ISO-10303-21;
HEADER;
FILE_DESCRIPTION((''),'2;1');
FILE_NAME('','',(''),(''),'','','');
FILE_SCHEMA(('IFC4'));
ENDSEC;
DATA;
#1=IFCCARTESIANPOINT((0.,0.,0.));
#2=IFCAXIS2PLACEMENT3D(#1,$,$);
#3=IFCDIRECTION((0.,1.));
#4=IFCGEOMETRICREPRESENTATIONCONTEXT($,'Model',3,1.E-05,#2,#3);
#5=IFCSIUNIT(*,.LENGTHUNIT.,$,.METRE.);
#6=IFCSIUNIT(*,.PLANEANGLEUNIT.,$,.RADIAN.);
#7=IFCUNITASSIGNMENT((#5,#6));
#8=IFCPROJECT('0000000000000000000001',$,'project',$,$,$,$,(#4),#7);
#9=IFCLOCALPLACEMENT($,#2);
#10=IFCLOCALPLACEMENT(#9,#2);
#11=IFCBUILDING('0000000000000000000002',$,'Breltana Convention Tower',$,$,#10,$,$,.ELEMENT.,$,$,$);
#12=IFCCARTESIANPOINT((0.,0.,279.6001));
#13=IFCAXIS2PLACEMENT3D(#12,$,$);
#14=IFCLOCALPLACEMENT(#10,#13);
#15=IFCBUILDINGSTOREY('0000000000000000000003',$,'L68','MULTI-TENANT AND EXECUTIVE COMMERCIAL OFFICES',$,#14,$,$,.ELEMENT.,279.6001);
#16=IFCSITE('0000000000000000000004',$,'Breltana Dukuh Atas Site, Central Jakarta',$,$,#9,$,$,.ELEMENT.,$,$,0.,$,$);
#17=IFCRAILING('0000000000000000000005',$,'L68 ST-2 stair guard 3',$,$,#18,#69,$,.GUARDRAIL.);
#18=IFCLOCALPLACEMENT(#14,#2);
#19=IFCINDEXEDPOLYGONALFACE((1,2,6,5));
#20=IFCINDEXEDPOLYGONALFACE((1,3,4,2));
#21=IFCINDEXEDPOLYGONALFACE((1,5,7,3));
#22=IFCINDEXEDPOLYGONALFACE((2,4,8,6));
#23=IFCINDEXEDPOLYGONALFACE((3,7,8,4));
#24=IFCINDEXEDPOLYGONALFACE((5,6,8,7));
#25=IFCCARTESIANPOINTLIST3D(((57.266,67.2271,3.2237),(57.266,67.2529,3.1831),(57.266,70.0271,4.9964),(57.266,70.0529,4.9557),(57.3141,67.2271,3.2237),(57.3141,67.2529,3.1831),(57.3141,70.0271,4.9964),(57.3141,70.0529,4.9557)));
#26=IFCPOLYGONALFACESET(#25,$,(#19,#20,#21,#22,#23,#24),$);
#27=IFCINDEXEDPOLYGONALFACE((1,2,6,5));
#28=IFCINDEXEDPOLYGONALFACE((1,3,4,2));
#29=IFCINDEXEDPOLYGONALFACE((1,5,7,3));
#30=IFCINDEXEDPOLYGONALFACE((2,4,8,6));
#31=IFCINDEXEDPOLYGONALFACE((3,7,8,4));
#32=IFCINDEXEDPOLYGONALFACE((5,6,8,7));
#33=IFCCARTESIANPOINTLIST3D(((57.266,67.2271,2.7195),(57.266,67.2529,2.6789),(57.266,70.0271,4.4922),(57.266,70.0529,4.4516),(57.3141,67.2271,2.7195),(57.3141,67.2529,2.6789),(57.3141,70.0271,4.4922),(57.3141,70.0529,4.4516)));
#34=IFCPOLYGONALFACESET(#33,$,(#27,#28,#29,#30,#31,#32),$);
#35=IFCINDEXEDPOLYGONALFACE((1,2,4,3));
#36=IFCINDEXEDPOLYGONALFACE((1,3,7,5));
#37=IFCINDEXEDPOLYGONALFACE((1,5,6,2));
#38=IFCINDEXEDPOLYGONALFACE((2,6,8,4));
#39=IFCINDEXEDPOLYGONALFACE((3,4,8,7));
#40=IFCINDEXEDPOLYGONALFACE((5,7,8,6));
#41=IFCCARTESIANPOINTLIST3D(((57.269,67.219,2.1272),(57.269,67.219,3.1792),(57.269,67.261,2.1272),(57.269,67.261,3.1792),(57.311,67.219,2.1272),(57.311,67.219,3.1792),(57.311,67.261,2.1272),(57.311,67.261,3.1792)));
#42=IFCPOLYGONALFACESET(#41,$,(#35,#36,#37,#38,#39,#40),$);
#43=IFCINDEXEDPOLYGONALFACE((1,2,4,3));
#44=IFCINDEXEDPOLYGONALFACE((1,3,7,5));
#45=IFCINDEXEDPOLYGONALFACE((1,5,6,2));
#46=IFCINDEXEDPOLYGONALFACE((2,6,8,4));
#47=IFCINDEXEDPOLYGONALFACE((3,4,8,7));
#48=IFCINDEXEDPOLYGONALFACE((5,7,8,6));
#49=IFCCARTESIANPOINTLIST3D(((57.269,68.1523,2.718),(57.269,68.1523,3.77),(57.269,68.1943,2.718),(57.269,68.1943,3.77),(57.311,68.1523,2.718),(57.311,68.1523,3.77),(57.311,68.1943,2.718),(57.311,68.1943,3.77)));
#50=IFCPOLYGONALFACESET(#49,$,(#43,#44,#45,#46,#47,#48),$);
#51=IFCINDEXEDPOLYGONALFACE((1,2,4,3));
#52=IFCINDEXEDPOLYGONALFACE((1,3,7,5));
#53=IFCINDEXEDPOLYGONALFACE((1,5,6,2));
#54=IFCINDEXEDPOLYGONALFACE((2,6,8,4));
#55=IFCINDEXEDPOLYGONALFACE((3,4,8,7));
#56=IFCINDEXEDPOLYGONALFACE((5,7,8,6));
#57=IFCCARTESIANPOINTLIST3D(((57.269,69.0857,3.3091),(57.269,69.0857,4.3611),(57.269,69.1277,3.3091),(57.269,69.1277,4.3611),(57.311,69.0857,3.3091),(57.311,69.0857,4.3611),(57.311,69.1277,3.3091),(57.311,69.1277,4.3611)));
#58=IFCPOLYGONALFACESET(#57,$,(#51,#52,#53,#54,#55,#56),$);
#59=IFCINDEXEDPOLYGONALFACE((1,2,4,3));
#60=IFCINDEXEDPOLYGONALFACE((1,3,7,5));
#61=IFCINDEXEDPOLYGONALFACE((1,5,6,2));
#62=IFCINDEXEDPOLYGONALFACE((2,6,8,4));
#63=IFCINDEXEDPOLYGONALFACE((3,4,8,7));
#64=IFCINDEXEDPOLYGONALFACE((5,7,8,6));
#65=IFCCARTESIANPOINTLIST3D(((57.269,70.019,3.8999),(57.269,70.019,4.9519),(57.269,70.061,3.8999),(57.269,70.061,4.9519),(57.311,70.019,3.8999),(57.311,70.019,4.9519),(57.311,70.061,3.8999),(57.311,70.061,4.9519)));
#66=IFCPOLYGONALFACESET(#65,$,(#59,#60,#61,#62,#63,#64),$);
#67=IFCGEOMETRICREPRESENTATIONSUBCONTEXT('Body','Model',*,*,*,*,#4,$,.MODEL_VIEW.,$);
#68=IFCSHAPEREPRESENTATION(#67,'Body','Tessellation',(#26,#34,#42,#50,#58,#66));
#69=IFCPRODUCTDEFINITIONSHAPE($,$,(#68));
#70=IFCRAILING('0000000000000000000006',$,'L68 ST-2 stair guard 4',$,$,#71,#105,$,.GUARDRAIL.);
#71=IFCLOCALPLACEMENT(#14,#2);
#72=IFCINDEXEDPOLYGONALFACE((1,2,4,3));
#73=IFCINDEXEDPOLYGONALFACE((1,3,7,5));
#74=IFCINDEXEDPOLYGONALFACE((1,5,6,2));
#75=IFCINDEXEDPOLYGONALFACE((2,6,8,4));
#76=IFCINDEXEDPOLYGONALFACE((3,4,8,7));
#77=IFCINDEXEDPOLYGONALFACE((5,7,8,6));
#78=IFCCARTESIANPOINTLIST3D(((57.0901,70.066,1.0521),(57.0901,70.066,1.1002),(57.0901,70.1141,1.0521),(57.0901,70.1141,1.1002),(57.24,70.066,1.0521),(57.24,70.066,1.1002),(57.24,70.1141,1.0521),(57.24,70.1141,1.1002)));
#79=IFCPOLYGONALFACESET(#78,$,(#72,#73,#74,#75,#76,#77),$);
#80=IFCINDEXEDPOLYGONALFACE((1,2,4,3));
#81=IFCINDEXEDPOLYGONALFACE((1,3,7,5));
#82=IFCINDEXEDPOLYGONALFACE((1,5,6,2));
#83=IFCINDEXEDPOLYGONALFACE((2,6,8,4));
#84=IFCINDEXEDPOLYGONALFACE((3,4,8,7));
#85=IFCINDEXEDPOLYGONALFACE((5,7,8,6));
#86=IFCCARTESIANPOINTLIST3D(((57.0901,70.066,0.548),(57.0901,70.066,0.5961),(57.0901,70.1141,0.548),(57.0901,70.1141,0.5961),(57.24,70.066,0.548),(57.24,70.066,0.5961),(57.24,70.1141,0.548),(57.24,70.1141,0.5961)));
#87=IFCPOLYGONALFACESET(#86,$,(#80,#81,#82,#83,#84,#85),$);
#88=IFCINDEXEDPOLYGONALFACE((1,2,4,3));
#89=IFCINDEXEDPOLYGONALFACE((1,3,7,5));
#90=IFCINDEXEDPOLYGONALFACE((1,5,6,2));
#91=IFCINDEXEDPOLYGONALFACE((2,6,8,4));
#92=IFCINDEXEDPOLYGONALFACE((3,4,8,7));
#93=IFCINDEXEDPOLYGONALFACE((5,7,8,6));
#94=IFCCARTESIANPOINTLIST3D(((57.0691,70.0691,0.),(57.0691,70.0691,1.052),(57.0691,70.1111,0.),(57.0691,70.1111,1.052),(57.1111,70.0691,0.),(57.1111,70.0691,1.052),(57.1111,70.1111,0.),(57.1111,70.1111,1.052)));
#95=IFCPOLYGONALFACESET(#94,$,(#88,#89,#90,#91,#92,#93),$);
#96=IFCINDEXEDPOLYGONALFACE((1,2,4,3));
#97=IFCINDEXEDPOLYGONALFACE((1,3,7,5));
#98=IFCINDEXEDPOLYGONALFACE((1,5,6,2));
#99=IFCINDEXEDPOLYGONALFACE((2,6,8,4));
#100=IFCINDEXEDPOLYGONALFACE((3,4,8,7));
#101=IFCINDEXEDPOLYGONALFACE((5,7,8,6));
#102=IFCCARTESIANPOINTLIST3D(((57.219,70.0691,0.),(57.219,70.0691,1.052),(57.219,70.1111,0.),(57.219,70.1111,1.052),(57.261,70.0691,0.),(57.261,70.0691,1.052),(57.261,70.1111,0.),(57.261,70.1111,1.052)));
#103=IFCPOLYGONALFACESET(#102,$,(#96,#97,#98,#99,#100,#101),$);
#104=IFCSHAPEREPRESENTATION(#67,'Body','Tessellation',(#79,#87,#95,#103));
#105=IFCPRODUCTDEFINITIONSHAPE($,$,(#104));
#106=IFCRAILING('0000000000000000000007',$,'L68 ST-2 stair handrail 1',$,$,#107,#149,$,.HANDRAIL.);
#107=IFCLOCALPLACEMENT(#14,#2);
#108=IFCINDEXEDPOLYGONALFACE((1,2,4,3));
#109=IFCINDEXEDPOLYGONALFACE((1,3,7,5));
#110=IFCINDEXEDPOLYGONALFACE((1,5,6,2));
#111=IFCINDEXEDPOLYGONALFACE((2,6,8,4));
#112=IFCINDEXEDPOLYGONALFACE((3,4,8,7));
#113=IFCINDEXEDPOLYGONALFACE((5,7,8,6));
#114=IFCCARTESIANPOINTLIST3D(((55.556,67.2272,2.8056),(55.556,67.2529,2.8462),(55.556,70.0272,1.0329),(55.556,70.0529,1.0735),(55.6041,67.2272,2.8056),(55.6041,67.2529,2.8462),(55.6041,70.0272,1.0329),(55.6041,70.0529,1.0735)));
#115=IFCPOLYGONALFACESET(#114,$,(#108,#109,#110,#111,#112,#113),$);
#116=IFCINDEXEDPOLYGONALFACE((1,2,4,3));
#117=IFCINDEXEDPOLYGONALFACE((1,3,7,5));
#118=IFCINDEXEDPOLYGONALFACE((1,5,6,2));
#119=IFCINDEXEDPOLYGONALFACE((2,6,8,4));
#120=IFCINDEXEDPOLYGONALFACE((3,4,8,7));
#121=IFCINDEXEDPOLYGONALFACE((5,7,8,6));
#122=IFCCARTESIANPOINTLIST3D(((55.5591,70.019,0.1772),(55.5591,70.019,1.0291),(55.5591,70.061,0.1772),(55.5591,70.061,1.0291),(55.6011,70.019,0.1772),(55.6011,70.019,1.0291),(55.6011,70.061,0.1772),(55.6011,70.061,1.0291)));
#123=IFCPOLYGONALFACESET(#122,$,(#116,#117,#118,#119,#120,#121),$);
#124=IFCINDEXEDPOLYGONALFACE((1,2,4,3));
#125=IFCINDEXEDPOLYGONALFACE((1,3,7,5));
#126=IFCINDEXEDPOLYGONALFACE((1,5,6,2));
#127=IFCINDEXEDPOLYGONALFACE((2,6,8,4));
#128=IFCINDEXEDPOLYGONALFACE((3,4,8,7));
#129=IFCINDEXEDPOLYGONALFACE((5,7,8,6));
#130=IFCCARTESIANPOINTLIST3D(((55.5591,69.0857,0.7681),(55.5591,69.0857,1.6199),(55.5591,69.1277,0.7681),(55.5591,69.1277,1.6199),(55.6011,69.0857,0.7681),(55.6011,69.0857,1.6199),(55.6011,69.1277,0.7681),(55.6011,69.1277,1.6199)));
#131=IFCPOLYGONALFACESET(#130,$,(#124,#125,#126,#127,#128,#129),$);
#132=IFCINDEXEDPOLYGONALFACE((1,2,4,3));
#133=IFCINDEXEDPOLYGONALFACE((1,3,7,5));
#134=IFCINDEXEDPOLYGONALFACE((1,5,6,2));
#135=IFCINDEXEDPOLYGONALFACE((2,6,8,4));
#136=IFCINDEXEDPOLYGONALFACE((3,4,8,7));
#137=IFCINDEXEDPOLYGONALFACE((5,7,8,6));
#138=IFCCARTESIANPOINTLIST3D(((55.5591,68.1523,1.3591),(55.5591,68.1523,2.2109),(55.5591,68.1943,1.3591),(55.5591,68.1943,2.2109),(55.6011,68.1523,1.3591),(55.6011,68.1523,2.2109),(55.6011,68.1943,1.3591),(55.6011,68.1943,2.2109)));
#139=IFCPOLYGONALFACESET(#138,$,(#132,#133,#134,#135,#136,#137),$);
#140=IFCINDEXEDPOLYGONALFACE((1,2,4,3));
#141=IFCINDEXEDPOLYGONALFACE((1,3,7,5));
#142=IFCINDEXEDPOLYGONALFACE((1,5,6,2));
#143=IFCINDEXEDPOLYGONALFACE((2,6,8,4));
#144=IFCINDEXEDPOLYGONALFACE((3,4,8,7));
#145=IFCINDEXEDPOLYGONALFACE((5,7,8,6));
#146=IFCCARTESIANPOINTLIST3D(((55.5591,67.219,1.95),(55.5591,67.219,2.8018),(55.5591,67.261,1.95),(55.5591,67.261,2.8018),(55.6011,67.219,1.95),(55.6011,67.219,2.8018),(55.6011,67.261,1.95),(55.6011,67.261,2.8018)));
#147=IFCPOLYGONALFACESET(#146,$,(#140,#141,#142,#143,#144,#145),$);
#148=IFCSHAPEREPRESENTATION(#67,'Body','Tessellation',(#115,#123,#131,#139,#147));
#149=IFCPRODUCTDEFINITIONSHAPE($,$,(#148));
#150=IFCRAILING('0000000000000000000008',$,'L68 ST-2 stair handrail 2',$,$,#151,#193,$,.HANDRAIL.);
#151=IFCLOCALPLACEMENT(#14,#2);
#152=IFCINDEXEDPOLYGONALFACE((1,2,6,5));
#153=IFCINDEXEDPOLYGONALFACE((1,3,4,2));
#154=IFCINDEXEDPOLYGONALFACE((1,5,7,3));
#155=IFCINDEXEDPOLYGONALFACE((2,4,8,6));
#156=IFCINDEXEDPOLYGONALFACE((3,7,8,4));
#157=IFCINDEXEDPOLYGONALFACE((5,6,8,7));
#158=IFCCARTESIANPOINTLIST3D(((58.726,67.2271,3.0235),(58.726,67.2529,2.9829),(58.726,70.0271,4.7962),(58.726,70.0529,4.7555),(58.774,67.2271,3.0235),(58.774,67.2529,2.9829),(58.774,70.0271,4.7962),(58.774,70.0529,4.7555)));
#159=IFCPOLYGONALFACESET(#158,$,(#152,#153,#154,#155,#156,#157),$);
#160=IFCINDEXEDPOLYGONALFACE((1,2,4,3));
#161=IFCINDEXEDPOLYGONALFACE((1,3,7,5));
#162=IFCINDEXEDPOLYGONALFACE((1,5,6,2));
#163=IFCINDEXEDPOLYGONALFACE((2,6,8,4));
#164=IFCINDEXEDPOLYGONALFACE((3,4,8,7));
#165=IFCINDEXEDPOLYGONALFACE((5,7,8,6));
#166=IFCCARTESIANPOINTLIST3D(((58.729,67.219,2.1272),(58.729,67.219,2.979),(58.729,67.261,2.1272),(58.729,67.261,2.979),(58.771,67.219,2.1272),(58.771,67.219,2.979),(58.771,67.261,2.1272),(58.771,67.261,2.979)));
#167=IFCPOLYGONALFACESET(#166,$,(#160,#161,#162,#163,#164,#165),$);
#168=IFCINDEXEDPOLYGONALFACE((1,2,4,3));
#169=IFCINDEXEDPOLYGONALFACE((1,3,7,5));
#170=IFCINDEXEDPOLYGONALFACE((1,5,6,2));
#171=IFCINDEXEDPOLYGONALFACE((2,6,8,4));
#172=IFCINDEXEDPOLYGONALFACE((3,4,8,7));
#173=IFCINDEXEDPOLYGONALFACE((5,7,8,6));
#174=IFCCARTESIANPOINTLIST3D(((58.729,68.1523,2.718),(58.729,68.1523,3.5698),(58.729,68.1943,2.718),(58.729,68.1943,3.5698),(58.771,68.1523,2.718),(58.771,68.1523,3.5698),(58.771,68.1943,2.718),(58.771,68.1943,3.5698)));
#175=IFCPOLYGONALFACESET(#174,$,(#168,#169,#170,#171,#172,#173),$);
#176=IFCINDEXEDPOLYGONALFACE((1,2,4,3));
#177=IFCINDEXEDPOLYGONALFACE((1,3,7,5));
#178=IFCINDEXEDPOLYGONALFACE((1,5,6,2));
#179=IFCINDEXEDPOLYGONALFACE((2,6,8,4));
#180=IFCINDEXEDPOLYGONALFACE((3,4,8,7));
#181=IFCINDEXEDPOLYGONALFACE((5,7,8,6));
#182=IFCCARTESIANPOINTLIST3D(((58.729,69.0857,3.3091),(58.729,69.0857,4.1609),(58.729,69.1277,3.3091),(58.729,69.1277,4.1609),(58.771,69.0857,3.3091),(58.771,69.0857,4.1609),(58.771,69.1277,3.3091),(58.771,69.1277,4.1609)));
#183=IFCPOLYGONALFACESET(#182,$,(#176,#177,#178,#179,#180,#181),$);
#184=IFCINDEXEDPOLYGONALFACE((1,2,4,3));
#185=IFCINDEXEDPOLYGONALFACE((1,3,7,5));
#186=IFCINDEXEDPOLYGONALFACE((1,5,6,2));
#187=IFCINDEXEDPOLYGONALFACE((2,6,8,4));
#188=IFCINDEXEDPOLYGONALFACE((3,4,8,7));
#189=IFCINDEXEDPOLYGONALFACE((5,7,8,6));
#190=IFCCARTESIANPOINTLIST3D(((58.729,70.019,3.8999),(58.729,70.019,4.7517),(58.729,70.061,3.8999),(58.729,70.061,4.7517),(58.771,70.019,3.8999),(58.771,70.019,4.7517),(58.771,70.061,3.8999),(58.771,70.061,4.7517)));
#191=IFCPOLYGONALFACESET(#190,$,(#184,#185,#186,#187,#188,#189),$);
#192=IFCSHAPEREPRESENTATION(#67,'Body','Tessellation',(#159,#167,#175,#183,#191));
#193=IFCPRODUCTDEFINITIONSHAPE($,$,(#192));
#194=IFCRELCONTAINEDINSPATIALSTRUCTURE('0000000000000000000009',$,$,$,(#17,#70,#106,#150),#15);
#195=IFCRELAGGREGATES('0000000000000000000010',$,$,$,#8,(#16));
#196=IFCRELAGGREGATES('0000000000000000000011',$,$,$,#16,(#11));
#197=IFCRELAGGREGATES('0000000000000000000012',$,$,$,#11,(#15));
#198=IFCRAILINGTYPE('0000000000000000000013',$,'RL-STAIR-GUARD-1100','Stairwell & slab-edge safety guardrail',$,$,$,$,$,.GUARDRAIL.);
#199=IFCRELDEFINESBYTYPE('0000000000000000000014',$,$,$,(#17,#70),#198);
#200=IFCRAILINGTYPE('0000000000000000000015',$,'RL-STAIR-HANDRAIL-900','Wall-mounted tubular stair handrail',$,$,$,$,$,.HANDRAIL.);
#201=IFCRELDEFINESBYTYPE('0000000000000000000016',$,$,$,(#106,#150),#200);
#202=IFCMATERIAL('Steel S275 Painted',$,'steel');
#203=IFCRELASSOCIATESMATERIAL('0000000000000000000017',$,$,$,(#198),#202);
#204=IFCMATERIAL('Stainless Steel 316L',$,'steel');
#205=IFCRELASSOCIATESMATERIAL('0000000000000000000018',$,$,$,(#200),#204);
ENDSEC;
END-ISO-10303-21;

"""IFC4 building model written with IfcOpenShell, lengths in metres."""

from ifc_helpers import new_model, si_unit, direction, frame, origin, origin_2d, place, context, subcontext, project, spatial, rectangle, extrude, material, type_object, element, save


model = new_model("IFC4")

# Units and contexts
model_context = context("Model", 3, precision=1e-05, world=origin(), true_north=direction((0.0, 1.0)))
body_context = subcontext(model_context, "Body", "Model", "MODEL_VIEW")
ifc_project = project(units=[si_unit("LENGTHUNIT", "METRE"), si_unit("PLANEANGLEUNIT", "RADIAN")], contexts=[model_context])

# Site, building, storey
site_placement = place(None, origin())
site = spatial("IfcSite", under=ifc_project, at=site_placement, Name="Breltana Dukuh Atas Site, Central Jakarta", CompositionType="ELEMENT", RefElevation=0.0)
building_placement = place(site_placement, origin())
building = spatial("IfcBuilding", under=site, at=building_placement, Name="Breltana Convention Tower", CompositionType="ELEMENT")
storey_placement = place(building_placement, frame((0.0, 0.0, 279.6001)))
storey = spatial("IfcBuildingStorey", under=building, at=storey_placement, Name="L68", Description="MULTI-TENANT AND EXECUTIVE COMMERCIAL OFFICES", CompositionType="ELEMENT", Elevation=279.6001)

# Railings
ifc_material_1 = material(Name="Steel S275 Painted", Category="steel")
railing_type_1 = type_object("IfcRailingType", Name="RL-STAIR-GUARD-1100", Description="Stairwell & slab-edge safety guardrail", PredefinedType="GUARDRAIL", material=ifc_material_1)
railing_1_placement = place(storey_placement, frame((57.29, 67.24, 2.1272)))
element("IfcRailing", 1, at=railing_1_placement, inside=storey, type_object=railing_type_1, Name="L68 ST-2 stair guard 3", PredefinedType="GUARDRAIL", context=body_context, shape_type="SweptSolid", body=[
    extrude(rectangle(XDim=0.0481, YDim=0.0481, at=origin_2d()), frame((0.0, 0.0, 1.0762), z_axis=(0.0, 0.844909, 0.53491), x_axis=(-1.0, 0.0, 0.0)), (0.0, 0.0, 1.0), 3.314),
    extrude(rectangle(XDim=0.0481, YDim=0.0481, at=origin_2d()), frame((0.0, 0.0, 0.572), z_axis=(0.0, 0.844909, 0.53491), x_axis=(-1.0, 0.0, 0.0)), (0.0, 0.0, 1.0), 3.314),
    extrude(rectangle(XDim=0.042, YDim=0.042, at=origin_2d()), origin(), (0.0, 0.0, 1.0), 1.052),
    extrude(rectangle(XDim=0.042, YDim=0.042, at=origin_2d()), frame((0.0, 0.9333, 0.5908)), (0.0, 0.0, 1.0), 1.052),
    extrude(rectangle(XDim=0.042, YDim=0.042, at=origin_2d()), frame((0.0, 1.8667, 1.1819)), (0.0, 0.0, 1.0), 1.052),
    extrude(rectangle(XDim=0.042, YDim=0.042, at=origin_2d()), frame((0.0, 2.8, 1.7727)), (0.0, 0.0, 1.0), 1.052),
])
railing_2_placement = place(storey_placement, frame((57.0901, 70.0901, 0.0)))
element("IfcRailing", 2, at=railing_2_placement, inside=storey, type_object=railing_type_1, Name="L68 ST-2 stair guard 4", PredefinedType="GUARDRAIL", context=body_context, shape_type="SweptSolid", body=[
    extrude(rectangle(XDim=0.0481, YDim=0.0481, at=origin_2d()), frame((0.0, 0.0, 1.0762), z_axis=(1.0, 0.0, 0.0), x_axis=(0.0, 1.0, 0.0)), (0.0, 0.0, 1.0), 0.1499),
    extrude(rectangle(XDim=0.0481, YDim=0.0481, at=origin_2d()), frame((0.0, 0.0, 0.572), z_axis=(1.0, 0.0, 0.0), x_axis=(0.0, 1.0, 0.0)), (0.0, 0.0, 1.0), 0.1499),
    extrude(rectangle(XDim=0.042, YDim=0.042, at=origin_2d()), origin(), (0.0, 0.0, 1.0), 1.052),
    extrude(rectangle(XDim=0.042, YDim=0.042, at=origin_2d()), frame((0.1499, 0.0, 0.0)), (0.0, 0.0, 1.0), 1.052),
])
ifc_material_2 = material(Name="Stainless Steel 316L", Category="steel")
railing_type_2 = type_object("IfcRailingType", Name="RL-STAIR-HANDRAIL-900", Description="Wall-mounted tubular stair handrail", PredefinedType="HANDRAIL", material=ifc_material_2)
railing_3_placement = place(storey_placement, frame((55.5801, 70.04, 0.1772)))
element("IfcRailing", 3, at=railing_3_placement, inside=storey, type_object=railing_type_2, Name="L68 ST-2 stair handrail 1", PredefinedType="HANDRAIL", context=body_context, shape_type="SweptSolid", body=[
    extrude(rectangle(XDim=0.0481, YDim=0.0481, at=origin_2d()), frame((0.0, 0.0, 0.876), z_axis=(0.0, -0.844909, 0.53491), x_axis=(1.0, 0.0, 0.0)), (0.0, 0.0, 1.0), 3.314),
    extrude(rectangle(XDim=0.042, YDim=0.042, at=origin_2d()), origin(), (0.0, 0.0, 1.0), 0.8518),
    extrude(rectangle(XDim=0.042, YDim=0.042, at=origin_2d()), frame((0.0, -0.9333, 0.5908)), (0.0, 0.0, 1.0), 0.8518),
    extrude(rectangle(XDim=0.042, YDim=0.042, at=origin_2d()), frame((0.0, -1.8667, 1.1819)), (0.0, 0.0, 1.0), 0.8518),
    extrude(rectangle(XDim=0.042, YDim=0.042, at=origin_2d()), frame((0.0, -2.8, 1.7727)), (0.0, 0.0, 1.0), 0.8518),
])
railing_4_placement = place(storey_placement, frame((58.75, 67.24, 2.1272)))
element("IfcRailing", 4, at=railing_4_placement, inside=storey, type_object=railing_type_2, Name="L68 ST-2 stair handrail 2", PredefinedType="HANDRAIL", context=body_context, shape_type="SweptSolid", body=[
    extrude(rectangle(XDim=0.0481, YDim=0.0481, at=origin_2d()), frame((0.0, 0.0, 0.876), z_axis=(0.0, 0.844909, 0.53491), x_axis=(-1.0, 0.0, 0.0)), (0.0, 0.0, 1.0), 3.314),
    extrude(rectangle(XDim=0.042, YDim=0.042, at=origin_2d()), origin(), (0.0, 0.0, 1.0), 0.8518),
    extrude(rectangle(XDim=0.042, YDim=0.042, at=origin_2d()), frame((0.0, 0.9333, 0.5908)), (0.0, 0.0, 1.0), 0.8518),
    extrude(rectangle(XDim=0.042, YDim=0.042, at=origin_2d()), frame((0.0, 1.8667, 1.1819)), (0.0, 0.0, 1.0), 0.8518),
    extrude(rectangle(XDim=0.042, YDim=0.042, at=origin_2d()), frame((0.0, 2.8, 1.7727)), (0.0, 0.0, 1.0), 0.8518),
])

save(model, "model.ifc")
